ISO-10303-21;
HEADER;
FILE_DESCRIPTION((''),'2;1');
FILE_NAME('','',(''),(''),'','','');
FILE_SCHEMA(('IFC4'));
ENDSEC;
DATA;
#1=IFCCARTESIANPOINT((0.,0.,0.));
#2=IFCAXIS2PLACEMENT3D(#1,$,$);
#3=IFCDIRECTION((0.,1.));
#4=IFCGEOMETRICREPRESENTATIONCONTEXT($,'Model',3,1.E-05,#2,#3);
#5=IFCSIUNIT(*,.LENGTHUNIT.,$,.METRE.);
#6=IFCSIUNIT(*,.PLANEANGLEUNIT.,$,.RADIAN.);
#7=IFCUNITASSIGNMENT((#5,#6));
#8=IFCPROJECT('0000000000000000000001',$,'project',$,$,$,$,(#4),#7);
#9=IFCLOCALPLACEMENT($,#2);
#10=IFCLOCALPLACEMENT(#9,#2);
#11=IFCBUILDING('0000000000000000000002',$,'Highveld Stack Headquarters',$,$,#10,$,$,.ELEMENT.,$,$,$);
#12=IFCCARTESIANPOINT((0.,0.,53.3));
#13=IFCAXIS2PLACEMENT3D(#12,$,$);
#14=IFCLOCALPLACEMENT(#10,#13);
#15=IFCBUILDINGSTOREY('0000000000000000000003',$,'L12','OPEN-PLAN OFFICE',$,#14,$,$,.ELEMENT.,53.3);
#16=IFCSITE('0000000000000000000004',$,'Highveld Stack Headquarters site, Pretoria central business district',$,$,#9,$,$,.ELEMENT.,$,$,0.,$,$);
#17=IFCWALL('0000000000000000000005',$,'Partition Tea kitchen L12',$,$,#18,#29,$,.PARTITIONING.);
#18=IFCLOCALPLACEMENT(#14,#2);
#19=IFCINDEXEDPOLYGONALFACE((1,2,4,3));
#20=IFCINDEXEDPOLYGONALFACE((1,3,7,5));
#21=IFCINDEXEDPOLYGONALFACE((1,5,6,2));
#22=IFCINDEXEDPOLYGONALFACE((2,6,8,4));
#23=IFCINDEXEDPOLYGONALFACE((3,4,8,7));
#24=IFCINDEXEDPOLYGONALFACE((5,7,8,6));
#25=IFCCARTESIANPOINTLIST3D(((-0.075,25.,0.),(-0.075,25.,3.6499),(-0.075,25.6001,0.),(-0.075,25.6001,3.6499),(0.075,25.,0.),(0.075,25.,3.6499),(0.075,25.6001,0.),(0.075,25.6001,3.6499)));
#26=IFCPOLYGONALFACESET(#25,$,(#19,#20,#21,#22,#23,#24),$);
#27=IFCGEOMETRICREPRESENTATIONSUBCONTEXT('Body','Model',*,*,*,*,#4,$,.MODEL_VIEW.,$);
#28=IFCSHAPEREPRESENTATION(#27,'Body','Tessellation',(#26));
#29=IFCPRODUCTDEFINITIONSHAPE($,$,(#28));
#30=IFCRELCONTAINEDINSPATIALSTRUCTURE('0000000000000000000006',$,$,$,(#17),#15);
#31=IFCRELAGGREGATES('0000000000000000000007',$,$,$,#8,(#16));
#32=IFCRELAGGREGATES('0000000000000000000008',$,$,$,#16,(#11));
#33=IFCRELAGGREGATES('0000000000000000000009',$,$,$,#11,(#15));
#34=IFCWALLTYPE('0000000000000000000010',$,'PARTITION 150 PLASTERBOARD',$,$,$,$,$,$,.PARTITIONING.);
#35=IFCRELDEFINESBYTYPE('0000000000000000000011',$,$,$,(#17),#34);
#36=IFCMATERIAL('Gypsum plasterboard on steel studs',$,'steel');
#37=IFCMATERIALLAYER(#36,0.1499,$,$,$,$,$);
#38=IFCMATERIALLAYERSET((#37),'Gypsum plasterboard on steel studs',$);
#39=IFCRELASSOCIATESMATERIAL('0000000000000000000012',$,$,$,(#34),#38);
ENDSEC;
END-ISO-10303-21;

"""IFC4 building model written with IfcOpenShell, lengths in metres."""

from ifc_helpers import new_model, si_unit, direction, frame, frame_2d, origin, place, context, subcontext, project, spatial, rectangle, extrude, material, layer, layer_set, type_object, element, save


model = new_model("IFC4")

# Units and contexts
model_context = context("Model", 3, precision=1e-05, world=origin(), true_north=direction((0.0, 1.0)))
body_context = subcontext(model_context, "Body", "Model", "MODEL_VIEW")
ifc_project = project(units=[si_unit("LENGTHUNIT", "METRE"), si_unit("PLANEANGLEUNIT", "RADIAN")], contexts=[model_context])

# Site, building, storey
site_placement = place(None, origin())
site = spatial("IfcSite", under=ifc_project, at=site_placement, Name="Highveld Stack Headquarters site, Pretoria central business district", CompositionType="ELEMENT", RefElevation=0.0)
building_placement = place(site_placement, origin())
building = spatial("IfcBuilding", under=site, at=building_placement, Name="Highveld Stack Headquarters", CompositionType="ELEMENT")
storey_placement = place(building_placement, frame((0.0, 0.0, 53.3)))
storey = spatial("IfcBuildingStorey", under=building, at=storey_placement, Name="L12", Description="OPEN-PLAN OFFICE", CompositionType="ELEMENT", Elevation=53.3)

# Shared definitions
ifc_material_1 = material(Name="Gypsum plasterboard on steel studs", Category="steel")
ifc_layer_1 = layer(ifc_material_1, 0.1499)
ifc_layer_set_1 = layer_set([ifc_layer_1], Name="Gypsum plasterboard on steel studs")
wall_type = type_object("IfcWallType", Name="PARTITION 150 PLASTERBOARD", PredefinedType="PARTITIONING", material=ifc_layer_set_1)

# Wall
wall_1_placement = place(storey_placement, frame((0.0, 25.0, 0.0), z_axis=(0.0, 0.0, 1.0), x_axis=(0.0, 1.0, 0.0)))
element("IfcWall", 1, at=wall_1_placement, inside=storey, type_object=wall_type, Name="Partition Tea kitchen L12", PredefinedType="PARTITIONING", context=body_context, shape_type="SweptSolid", body=[
    extrude(rectangle(XDim=0.6001, YDim=0.1499, at=frame_2d((0.3, 0.0))), origin(), (0.0, 0.0, 1.0), 3.6499),
])

save(model, "model.ifc")
